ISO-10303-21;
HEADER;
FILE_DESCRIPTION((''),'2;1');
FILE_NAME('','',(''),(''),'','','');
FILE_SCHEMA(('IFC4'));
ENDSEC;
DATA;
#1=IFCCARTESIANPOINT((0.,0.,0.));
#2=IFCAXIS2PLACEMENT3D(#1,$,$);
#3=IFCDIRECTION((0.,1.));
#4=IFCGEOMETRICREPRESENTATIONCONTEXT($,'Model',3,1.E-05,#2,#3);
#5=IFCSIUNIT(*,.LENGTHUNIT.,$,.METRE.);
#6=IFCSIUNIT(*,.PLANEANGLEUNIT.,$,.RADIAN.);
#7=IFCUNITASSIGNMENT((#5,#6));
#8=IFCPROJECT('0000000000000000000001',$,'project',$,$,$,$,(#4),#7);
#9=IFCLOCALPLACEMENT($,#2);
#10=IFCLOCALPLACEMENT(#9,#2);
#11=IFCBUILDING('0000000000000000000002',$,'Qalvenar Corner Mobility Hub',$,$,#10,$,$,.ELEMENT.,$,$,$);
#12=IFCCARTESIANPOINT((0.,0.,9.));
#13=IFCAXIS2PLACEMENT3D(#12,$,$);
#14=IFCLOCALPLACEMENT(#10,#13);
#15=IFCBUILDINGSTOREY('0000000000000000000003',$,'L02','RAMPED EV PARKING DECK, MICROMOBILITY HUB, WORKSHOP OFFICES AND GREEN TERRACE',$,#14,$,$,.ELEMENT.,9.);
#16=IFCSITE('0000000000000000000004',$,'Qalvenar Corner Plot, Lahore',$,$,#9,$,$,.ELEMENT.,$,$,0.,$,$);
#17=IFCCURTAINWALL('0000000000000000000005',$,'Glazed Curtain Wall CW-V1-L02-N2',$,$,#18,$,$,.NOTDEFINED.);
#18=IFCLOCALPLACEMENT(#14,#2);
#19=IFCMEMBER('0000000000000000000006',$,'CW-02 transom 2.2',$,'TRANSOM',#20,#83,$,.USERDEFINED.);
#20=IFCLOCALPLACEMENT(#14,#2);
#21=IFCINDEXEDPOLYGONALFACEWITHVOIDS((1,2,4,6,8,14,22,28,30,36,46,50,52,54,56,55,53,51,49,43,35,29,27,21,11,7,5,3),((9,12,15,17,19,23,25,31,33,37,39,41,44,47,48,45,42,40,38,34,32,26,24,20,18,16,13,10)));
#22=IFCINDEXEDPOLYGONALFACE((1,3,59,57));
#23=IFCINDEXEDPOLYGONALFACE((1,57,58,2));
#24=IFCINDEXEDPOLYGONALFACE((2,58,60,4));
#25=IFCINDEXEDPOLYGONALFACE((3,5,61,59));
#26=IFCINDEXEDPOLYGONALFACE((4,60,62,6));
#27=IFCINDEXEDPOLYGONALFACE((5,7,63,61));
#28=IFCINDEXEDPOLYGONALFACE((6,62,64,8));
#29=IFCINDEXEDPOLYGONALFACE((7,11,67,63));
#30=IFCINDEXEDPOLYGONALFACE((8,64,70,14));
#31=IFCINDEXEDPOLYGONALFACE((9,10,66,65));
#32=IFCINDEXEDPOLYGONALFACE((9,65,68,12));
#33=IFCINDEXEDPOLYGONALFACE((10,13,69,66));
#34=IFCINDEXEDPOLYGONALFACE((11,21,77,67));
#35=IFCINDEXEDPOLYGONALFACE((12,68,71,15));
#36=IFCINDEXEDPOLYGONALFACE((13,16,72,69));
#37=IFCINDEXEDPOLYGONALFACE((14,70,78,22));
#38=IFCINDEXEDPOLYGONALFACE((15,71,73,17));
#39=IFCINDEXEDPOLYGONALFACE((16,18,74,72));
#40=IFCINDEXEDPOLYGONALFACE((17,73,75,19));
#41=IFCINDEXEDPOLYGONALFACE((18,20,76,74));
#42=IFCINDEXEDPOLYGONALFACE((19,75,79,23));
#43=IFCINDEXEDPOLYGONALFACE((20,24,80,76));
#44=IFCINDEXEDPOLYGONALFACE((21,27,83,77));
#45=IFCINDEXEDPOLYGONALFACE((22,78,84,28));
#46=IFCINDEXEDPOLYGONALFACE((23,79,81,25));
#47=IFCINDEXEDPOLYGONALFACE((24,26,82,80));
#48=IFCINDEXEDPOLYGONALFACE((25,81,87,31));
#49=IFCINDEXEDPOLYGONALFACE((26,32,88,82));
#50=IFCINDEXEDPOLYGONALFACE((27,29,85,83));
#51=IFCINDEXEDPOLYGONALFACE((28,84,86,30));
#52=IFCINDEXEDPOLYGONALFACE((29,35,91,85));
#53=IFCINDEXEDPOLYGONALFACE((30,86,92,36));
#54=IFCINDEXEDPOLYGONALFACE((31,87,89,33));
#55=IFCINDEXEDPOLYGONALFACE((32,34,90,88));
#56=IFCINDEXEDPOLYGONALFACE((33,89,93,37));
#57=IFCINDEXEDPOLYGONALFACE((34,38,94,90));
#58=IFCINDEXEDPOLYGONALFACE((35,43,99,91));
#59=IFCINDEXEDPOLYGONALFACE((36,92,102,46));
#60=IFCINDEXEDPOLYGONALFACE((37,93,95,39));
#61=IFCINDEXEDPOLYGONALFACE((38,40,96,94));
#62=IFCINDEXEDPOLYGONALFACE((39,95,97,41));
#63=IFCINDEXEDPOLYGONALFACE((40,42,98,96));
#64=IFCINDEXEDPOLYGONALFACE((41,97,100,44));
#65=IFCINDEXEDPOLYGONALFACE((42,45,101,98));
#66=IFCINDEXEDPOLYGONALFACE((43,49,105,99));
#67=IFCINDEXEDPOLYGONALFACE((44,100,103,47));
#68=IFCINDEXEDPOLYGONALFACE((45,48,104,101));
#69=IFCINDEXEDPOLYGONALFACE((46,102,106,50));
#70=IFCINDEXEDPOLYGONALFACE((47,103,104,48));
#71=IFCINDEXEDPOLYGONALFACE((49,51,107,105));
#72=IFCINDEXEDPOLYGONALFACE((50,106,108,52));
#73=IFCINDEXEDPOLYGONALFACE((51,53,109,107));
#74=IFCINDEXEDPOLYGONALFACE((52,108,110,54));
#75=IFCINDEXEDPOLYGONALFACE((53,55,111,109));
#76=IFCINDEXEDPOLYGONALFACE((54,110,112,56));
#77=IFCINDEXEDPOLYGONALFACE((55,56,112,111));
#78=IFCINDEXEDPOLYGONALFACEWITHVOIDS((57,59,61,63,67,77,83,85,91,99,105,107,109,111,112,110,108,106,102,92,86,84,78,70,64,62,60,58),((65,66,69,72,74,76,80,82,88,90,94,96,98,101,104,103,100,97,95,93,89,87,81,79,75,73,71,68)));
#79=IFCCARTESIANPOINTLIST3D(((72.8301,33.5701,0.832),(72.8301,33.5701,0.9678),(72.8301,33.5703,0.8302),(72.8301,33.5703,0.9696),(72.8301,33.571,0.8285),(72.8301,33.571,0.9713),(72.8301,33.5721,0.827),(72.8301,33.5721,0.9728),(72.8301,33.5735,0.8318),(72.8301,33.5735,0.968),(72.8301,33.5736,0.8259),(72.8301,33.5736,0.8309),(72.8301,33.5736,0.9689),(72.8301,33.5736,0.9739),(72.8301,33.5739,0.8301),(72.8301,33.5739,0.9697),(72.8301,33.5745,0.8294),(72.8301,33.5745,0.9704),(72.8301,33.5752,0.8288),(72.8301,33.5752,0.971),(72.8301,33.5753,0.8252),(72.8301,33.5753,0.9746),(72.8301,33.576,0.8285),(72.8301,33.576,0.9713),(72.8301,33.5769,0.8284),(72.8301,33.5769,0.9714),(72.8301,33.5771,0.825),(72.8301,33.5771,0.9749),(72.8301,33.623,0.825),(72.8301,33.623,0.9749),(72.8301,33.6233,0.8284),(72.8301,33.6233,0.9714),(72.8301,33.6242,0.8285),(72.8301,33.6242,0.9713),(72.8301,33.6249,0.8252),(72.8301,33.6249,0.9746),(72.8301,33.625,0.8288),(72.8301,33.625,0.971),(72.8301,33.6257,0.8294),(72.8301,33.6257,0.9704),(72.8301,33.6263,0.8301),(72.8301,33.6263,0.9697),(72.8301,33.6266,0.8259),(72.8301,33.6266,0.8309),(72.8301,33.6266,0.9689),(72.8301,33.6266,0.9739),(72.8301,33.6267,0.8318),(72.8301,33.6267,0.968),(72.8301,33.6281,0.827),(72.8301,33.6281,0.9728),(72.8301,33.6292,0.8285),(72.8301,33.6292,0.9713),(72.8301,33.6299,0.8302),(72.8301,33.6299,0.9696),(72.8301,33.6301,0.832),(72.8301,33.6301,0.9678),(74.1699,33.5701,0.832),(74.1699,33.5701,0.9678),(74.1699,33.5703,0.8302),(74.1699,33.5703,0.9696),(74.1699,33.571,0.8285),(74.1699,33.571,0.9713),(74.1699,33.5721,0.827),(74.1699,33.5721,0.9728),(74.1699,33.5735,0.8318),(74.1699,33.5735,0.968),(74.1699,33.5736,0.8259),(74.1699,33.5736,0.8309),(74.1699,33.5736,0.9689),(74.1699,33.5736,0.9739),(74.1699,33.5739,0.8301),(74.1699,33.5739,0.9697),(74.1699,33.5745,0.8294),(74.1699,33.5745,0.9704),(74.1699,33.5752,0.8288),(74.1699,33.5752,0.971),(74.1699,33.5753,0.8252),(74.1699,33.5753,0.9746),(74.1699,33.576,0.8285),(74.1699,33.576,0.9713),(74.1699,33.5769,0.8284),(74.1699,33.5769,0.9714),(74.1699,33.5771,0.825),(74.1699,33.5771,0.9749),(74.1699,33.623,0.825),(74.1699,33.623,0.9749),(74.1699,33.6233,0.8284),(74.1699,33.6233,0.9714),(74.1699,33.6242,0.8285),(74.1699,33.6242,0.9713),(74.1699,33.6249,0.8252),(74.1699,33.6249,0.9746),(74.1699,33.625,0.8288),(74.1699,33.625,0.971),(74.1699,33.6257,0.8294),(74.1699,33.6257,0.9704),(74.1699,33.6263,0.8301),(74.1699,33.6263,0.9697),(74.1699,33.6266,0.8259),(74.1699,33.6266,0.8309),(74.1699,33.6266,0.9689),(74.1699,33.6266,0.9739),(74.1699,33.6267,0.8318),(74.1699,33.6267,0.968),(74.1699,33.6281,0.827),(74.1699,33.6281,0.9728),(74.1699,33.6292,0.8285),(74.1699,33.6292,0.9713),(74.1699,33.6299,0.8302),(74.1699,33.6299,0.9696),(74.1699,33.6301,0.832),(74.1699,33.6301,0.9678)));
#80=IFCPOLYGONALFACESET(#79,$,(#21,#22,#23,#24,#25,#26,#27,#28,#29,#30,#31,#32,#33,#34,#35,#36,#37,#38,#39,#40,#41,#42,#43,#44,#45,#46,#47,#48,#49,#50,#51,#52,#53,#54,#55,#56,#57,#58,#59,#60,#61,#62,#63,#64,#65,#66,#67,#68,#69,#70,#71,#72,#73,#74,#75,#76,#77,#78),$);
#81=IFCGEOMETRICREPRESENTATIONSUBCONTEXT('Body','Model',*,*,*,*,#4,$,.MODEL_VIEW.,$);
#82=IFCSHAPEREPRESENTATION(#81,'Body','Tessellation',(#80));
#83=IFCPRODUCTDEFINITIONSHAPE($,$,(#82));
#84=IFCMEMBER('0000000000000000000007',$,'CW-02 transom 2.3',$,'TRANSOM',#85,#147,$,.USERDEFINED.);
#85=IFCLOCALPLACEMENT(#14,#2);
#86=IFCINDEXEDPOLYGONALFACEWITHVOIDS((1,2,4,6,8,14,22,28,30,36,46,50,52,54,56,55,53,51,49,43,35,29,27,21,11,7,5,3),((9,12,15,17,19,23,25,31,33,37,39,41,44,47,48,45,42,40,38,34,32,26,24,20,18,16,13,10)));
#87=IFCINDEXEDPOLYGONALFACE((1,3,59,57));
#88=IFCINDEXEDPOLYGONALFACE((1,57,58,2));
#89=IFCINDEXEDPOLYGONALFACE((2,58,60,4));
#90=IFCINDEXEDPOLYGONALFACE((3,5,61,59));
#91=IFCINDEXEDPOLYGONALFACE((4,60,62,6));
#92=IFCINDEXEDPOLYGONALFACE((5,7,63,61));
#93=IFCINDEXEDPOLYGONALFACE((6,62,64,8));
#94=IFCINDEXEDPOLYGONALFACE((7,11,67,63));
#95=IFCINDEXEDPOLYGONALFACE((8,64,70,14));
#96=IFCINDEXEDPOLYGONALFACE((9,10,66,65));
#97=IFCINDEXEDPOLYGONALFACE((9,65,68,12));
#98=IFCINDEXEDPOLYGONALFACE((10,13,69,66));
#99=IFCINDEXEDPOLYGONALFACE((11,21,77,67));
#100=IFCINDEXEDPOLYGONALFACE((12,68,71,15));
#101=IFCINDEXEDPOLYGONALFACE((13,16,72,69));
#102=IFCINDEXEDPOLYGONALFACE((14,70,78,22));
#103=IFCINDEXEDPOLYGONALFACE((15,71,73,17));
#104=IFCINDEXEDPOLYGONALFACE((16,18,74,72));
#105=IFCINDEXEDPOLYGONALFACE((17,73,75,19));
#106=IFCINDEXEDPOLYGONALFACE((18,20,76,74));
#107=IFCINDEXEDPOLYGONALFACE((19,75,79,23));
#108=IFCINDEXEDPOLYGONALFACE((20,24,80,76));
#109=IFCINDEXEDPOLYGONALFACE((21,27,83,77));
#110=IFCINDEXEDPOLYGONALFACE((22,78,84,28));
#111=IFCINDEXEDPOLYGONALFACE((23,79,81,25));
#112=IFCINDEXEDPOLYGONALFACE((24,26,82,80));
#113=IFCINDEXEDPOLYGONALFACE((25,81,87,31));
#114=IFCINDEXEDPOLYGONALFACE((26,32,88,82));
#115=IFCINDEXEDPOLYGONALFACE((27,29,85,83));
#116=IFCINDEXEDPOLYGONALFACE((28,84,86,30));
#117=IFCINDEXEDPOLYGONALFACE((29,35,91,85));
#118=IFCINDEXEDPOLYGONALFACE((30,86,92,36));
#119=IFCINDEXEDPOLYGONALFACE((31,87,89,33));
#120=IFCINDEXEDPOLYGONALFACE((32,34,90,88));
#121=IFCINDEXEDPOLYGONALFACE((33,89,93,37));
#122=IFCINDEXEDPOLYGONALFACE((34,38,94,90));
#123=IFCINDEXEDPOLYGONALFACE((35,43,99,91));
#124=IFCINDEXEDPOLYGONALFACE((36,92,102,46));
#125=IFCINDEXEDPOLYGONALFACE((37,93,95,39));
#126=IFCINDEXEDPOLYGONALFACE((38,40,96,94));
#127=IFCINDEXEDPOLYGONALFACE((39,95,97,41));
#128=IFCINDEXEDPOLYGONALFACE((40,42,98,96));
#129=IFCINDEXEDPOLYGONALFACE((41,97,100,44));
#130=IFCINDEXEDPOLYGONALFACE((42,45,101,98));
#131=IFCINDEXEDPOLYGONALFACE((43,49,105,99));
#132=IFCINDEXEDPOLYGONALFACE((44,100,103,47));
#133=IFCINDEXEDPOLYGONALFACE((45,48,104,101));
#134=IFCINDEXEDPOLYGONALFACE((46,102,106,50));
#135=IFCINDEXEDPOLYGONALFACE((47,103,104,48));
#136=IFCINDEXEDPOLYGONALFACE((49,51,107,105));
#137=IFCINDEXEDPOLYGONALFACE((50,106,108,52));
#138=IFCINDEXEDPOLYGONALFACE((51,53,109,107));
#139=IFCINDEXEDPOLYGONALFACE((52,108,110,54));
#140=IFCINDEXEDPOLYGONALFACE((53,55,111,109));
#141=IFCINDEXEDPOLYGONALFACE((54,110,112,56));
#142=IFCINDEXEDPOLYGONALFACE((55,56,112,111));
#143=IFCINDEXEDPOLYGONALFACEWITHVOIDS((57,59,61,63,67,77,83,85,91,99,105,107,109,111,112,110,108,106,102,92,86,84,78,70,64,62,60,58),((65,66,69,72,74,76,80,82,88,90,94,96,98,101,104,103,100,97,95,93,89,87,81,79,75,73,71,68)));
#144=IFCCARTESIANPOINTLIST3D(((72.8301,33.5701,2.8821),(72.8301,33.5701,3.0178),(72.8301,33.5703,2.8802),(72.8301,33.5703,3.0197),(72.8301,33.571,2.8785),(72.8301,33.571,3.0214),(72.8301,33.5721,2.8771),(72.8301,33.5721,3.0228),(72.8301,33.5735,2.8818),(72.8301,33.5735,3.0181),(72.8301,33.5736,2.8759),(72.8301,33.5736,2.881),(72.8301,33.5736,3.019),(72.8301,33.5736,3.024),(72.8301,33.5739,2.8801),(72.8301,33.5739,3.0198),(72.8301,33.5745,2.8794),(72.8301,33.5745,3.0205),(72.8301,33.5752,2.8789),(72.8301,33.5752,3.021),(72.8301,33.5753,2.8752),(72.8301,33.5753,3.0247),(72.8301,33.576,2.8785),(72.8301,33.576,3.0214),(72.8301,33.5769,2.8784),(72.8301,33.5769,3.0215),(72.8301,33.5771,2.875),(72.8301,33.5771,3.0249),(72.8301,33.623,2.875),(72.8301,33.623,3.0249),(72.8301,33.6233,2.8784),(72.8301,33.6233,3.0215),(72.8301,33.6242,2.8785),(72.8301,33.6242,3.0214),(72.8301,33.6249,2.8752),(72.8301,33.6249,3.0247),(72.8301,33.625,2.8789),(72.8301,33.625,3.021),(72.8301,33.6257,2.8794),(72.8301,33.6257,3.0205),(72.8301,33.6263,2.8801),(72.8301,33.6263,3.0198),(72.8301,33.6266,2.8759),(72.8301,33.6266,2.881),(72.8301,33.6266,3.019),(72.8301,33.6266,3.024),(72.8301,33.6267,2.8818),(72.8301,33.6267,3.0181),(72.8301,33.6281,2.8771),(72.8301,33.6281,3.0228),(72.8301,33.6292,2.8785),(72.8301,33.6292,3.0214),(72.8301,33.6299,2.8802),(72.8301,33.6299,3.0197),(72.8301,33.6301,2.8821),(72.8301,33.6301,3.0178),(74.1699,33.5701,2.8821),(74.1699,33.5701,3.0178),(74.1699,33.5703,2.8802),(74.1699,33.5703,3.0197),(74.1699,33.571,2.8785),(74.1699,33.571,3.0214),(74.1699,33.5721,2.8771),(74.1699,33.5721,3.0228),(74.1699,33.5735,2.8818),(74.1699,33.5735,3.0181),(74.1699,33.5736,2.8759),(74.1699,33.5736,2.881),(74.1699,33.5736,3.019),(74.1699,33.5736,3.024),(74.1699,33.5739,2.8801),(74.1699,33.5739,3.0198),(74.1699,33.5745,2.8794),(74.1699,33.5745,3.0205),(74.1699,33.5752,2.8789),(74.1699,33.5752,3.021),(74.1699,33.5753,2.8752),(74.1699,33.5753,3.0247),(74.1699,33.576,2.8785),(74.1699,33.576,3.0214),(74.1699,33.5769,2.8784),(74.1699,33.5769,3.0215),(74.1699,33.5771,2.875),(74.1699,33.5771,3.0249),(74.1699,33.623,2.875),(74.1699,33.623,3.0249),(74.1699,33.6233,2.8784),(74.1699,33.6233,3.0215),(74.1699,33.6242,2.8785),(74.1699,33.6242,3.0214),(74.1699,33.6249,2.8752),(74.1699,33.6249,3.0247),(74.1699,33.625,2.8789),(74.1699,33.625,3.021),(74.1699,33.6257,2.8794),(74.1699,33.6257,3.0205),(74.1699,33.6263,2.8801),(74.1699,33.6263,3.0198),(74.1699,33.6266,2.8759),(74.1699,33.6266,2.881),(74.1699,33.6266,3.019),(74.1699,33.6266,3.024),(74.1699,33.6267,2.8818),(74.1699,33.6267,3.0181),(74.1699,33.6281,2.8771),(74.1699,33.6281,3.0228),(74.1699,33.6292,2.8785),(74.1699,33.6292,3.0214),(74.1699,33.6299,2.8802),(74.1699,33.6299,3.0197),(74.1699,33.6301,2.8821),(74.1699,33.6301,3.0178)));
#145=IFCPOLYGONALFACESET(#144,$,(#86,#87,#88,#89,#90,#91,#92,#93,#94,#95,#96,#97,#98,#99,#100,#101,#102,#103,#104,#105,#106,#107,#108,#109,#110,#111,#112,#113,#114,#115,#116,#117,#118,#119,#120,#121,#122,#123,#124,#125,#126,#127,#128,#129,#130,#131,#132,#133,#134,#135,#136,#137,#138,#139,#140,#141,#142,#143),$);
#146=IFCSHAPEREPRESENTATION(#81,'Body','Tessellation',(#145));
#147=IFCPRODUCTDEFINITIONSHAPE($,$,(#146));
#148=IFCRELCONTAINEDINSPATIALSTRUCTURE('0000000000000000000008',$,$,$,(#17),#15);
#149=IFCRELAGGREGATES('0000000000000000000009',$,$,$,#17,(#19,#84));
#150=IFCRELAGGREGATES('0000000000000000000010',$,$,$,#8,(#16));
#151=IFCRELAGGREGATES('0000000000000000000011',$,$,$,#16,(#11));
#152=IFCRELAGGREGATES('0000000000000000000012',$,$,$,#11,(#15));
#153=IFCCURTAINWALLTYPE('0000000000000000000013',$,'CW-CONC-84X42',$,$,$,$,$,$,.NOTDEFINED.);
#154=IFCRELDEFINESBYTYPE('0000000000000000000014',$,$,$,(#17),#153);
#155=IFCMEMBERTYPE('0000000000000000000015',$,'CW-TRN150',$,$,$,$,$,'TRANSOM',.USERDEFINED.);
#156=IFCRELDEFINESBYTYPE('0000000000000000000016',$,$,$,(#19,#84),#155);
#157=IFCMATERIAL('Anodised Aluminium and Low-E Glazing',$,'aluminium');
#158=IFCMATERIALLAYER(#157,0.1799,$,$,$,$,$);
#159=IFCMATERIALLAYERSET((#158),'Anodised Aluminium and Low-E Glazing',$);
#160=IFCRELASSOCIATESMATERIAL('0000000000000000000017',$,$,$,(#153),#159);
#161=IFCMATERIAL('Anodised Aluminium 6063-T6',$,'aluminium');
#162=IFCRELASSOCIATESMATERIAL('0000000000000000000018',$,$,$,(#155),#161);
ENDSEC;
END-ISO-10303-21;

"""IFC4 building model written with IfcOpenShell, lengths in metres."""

from ifc_helpers import new_model, si_unit, direction, frame, origin, origin_2d, place, context, subcontext, project, spatial, hollow_rectangle, extrude, material, layer, layer_set, material_profile, profile_set, type_object, element, aggregate, save


model = new_model("IFC4")

# Units and contexts
model_context = context("Model", 3, precision=1e-05, world=origin(), true_north=direction((0.0, 1.0)))
body_context = subcontext(model_context, "Body", "Model", "MODEL_VIEW")
ifc_project = project(units=[si_unit("LENGTHUNIT", "METRE"), si_unit("PLANEANGLEUNIT", "RADIAN")], contexts=[model_context])

# Site, building, storey
site_placement = place(None, origin())
site = spatial("IfcSite", under=ifc_project, at=site_placement, Name="Qalvenar Corner Plot, Lahore", CompositionType="ELEMENT", RefElevation=0.0)
building_placement = place(site_placement, origin())
building = spatial("IfcBuilding", under=site, at=building_placement, Name="Qalvenar Corner Mobility Hub", CompositionType="ELEMENT")
storey_placement = place(building_placement, frame((0.0, 0.0, 9.0)))
storey = spatial("IfcBuildingStorey", under=building, at=storey_placement, Name="L02", Description="RAMPED EV PARKING DECK, MICROMOBILITY HUB, WORKSHOP OFFICES AND GREEN TERRACE", CompositionType="ELEMENT", Elevation=9.0)

# Curtain wall, members
ifc_material_1 = material(Name="Anodised Aluminium and Low-E Glazing", Category="aluminium")
ifc_layer_1 = layer(ifc_material_1, 0.1799)
ifc_layer_set_1 = layer_set([ifc_layer_1], Name="Anodised Aluminium and Low-E Glazing")
curtain_wall_type = type_object("IfcCurtainWallType", Name="CW-CONC-84X42", PredefinedType="NOTDEFINED", material=ifc_layer_set_1)
curtain_wall_placement = place(storey_placement, origin())
curtain_wall = element("IfcCurtainWall", 1, at=curtain_wall_placement, inside=storey, type_object=curtain_wall_type, Name="Glazed Curtain Wall CW-V1-L02-N2", PredefinedType="NOTDEFINED")
ifc_material_2 = material(Name="Anodised Aluminium 6063-T6", Category="aluminium")
ifc_material_profile_1 = material_profile(ifc_material_2, hollow_rectangle(XDim=0.0601, YDim=0.1499, WallThickness=0.0034, InnerFilletRadius=0.0034, OuterFilletRadius=0.0071, at=origin_2d()), Name="RHS150x60x3.5")
ifc_profile_set_1 = profile_set([ifc_material_profile_1], Name="Anodised Aluminium 6063-T6")
member_type_1 = type_object("IfcMemberType", Name="CW-TRN150", ElementType="TRANSOM", PredefinedType="USERDEFINED", material=ifc_profile_set_1)
member_1_placement = place(storey_placement, frame((74.1699, 33.6001, 0.8999), z_axis=(-1.0, 0.0, 0.0), x_axis=(0.0, -1.0, 0.0)))
member_1 = element("IfcMember", 2, at=member_1_placement, type_object=member_type_1, Name="CW-02 transom 2.2", ObjectType="TRANSOM", PredefinedType="USERDEFINED", context=body_context, shape_type="SweptSolid", body=[
    extrude(hollow_rectangle(XDim=0.0601, YDim=0.1499, WallThickness=0.0034, InnerFilletRadius=0.0034, OuterFilletRadius=0.0071, at=origin_2d()), origin(), (0.0, 0.0, 1.0), 1.3398),
])
member_2_placement = place(storey_placement, frame((74.1699, 33.6001, 2.95), z_axis=(-1.0, 0.0, 0.0), x_axis=(0.0, -1.0, 0.0)))
member_2 = element("IfcMember", 3, at=member_2_placement, type_object=member_type_1, Name="CW-02 transom 2.3", ObjectType="TRANSOM", PredefinedType="USERDEFINED", context=body_context, shape_type="SweptSolid", body=[
    extrude(hollow_rectangle(XDim=0.0601, YDim=0.1499, WallThickness=0.0034, InnerFilletRadius=0.0034, OuterFilletRadius=0.0071, at=origin_2d()), origin(), (0.0, 0.0, 1.0), 1.3398),
])

aggregate(curtain_wall, [member_1, member_2])

save(model, "model.ifc")
